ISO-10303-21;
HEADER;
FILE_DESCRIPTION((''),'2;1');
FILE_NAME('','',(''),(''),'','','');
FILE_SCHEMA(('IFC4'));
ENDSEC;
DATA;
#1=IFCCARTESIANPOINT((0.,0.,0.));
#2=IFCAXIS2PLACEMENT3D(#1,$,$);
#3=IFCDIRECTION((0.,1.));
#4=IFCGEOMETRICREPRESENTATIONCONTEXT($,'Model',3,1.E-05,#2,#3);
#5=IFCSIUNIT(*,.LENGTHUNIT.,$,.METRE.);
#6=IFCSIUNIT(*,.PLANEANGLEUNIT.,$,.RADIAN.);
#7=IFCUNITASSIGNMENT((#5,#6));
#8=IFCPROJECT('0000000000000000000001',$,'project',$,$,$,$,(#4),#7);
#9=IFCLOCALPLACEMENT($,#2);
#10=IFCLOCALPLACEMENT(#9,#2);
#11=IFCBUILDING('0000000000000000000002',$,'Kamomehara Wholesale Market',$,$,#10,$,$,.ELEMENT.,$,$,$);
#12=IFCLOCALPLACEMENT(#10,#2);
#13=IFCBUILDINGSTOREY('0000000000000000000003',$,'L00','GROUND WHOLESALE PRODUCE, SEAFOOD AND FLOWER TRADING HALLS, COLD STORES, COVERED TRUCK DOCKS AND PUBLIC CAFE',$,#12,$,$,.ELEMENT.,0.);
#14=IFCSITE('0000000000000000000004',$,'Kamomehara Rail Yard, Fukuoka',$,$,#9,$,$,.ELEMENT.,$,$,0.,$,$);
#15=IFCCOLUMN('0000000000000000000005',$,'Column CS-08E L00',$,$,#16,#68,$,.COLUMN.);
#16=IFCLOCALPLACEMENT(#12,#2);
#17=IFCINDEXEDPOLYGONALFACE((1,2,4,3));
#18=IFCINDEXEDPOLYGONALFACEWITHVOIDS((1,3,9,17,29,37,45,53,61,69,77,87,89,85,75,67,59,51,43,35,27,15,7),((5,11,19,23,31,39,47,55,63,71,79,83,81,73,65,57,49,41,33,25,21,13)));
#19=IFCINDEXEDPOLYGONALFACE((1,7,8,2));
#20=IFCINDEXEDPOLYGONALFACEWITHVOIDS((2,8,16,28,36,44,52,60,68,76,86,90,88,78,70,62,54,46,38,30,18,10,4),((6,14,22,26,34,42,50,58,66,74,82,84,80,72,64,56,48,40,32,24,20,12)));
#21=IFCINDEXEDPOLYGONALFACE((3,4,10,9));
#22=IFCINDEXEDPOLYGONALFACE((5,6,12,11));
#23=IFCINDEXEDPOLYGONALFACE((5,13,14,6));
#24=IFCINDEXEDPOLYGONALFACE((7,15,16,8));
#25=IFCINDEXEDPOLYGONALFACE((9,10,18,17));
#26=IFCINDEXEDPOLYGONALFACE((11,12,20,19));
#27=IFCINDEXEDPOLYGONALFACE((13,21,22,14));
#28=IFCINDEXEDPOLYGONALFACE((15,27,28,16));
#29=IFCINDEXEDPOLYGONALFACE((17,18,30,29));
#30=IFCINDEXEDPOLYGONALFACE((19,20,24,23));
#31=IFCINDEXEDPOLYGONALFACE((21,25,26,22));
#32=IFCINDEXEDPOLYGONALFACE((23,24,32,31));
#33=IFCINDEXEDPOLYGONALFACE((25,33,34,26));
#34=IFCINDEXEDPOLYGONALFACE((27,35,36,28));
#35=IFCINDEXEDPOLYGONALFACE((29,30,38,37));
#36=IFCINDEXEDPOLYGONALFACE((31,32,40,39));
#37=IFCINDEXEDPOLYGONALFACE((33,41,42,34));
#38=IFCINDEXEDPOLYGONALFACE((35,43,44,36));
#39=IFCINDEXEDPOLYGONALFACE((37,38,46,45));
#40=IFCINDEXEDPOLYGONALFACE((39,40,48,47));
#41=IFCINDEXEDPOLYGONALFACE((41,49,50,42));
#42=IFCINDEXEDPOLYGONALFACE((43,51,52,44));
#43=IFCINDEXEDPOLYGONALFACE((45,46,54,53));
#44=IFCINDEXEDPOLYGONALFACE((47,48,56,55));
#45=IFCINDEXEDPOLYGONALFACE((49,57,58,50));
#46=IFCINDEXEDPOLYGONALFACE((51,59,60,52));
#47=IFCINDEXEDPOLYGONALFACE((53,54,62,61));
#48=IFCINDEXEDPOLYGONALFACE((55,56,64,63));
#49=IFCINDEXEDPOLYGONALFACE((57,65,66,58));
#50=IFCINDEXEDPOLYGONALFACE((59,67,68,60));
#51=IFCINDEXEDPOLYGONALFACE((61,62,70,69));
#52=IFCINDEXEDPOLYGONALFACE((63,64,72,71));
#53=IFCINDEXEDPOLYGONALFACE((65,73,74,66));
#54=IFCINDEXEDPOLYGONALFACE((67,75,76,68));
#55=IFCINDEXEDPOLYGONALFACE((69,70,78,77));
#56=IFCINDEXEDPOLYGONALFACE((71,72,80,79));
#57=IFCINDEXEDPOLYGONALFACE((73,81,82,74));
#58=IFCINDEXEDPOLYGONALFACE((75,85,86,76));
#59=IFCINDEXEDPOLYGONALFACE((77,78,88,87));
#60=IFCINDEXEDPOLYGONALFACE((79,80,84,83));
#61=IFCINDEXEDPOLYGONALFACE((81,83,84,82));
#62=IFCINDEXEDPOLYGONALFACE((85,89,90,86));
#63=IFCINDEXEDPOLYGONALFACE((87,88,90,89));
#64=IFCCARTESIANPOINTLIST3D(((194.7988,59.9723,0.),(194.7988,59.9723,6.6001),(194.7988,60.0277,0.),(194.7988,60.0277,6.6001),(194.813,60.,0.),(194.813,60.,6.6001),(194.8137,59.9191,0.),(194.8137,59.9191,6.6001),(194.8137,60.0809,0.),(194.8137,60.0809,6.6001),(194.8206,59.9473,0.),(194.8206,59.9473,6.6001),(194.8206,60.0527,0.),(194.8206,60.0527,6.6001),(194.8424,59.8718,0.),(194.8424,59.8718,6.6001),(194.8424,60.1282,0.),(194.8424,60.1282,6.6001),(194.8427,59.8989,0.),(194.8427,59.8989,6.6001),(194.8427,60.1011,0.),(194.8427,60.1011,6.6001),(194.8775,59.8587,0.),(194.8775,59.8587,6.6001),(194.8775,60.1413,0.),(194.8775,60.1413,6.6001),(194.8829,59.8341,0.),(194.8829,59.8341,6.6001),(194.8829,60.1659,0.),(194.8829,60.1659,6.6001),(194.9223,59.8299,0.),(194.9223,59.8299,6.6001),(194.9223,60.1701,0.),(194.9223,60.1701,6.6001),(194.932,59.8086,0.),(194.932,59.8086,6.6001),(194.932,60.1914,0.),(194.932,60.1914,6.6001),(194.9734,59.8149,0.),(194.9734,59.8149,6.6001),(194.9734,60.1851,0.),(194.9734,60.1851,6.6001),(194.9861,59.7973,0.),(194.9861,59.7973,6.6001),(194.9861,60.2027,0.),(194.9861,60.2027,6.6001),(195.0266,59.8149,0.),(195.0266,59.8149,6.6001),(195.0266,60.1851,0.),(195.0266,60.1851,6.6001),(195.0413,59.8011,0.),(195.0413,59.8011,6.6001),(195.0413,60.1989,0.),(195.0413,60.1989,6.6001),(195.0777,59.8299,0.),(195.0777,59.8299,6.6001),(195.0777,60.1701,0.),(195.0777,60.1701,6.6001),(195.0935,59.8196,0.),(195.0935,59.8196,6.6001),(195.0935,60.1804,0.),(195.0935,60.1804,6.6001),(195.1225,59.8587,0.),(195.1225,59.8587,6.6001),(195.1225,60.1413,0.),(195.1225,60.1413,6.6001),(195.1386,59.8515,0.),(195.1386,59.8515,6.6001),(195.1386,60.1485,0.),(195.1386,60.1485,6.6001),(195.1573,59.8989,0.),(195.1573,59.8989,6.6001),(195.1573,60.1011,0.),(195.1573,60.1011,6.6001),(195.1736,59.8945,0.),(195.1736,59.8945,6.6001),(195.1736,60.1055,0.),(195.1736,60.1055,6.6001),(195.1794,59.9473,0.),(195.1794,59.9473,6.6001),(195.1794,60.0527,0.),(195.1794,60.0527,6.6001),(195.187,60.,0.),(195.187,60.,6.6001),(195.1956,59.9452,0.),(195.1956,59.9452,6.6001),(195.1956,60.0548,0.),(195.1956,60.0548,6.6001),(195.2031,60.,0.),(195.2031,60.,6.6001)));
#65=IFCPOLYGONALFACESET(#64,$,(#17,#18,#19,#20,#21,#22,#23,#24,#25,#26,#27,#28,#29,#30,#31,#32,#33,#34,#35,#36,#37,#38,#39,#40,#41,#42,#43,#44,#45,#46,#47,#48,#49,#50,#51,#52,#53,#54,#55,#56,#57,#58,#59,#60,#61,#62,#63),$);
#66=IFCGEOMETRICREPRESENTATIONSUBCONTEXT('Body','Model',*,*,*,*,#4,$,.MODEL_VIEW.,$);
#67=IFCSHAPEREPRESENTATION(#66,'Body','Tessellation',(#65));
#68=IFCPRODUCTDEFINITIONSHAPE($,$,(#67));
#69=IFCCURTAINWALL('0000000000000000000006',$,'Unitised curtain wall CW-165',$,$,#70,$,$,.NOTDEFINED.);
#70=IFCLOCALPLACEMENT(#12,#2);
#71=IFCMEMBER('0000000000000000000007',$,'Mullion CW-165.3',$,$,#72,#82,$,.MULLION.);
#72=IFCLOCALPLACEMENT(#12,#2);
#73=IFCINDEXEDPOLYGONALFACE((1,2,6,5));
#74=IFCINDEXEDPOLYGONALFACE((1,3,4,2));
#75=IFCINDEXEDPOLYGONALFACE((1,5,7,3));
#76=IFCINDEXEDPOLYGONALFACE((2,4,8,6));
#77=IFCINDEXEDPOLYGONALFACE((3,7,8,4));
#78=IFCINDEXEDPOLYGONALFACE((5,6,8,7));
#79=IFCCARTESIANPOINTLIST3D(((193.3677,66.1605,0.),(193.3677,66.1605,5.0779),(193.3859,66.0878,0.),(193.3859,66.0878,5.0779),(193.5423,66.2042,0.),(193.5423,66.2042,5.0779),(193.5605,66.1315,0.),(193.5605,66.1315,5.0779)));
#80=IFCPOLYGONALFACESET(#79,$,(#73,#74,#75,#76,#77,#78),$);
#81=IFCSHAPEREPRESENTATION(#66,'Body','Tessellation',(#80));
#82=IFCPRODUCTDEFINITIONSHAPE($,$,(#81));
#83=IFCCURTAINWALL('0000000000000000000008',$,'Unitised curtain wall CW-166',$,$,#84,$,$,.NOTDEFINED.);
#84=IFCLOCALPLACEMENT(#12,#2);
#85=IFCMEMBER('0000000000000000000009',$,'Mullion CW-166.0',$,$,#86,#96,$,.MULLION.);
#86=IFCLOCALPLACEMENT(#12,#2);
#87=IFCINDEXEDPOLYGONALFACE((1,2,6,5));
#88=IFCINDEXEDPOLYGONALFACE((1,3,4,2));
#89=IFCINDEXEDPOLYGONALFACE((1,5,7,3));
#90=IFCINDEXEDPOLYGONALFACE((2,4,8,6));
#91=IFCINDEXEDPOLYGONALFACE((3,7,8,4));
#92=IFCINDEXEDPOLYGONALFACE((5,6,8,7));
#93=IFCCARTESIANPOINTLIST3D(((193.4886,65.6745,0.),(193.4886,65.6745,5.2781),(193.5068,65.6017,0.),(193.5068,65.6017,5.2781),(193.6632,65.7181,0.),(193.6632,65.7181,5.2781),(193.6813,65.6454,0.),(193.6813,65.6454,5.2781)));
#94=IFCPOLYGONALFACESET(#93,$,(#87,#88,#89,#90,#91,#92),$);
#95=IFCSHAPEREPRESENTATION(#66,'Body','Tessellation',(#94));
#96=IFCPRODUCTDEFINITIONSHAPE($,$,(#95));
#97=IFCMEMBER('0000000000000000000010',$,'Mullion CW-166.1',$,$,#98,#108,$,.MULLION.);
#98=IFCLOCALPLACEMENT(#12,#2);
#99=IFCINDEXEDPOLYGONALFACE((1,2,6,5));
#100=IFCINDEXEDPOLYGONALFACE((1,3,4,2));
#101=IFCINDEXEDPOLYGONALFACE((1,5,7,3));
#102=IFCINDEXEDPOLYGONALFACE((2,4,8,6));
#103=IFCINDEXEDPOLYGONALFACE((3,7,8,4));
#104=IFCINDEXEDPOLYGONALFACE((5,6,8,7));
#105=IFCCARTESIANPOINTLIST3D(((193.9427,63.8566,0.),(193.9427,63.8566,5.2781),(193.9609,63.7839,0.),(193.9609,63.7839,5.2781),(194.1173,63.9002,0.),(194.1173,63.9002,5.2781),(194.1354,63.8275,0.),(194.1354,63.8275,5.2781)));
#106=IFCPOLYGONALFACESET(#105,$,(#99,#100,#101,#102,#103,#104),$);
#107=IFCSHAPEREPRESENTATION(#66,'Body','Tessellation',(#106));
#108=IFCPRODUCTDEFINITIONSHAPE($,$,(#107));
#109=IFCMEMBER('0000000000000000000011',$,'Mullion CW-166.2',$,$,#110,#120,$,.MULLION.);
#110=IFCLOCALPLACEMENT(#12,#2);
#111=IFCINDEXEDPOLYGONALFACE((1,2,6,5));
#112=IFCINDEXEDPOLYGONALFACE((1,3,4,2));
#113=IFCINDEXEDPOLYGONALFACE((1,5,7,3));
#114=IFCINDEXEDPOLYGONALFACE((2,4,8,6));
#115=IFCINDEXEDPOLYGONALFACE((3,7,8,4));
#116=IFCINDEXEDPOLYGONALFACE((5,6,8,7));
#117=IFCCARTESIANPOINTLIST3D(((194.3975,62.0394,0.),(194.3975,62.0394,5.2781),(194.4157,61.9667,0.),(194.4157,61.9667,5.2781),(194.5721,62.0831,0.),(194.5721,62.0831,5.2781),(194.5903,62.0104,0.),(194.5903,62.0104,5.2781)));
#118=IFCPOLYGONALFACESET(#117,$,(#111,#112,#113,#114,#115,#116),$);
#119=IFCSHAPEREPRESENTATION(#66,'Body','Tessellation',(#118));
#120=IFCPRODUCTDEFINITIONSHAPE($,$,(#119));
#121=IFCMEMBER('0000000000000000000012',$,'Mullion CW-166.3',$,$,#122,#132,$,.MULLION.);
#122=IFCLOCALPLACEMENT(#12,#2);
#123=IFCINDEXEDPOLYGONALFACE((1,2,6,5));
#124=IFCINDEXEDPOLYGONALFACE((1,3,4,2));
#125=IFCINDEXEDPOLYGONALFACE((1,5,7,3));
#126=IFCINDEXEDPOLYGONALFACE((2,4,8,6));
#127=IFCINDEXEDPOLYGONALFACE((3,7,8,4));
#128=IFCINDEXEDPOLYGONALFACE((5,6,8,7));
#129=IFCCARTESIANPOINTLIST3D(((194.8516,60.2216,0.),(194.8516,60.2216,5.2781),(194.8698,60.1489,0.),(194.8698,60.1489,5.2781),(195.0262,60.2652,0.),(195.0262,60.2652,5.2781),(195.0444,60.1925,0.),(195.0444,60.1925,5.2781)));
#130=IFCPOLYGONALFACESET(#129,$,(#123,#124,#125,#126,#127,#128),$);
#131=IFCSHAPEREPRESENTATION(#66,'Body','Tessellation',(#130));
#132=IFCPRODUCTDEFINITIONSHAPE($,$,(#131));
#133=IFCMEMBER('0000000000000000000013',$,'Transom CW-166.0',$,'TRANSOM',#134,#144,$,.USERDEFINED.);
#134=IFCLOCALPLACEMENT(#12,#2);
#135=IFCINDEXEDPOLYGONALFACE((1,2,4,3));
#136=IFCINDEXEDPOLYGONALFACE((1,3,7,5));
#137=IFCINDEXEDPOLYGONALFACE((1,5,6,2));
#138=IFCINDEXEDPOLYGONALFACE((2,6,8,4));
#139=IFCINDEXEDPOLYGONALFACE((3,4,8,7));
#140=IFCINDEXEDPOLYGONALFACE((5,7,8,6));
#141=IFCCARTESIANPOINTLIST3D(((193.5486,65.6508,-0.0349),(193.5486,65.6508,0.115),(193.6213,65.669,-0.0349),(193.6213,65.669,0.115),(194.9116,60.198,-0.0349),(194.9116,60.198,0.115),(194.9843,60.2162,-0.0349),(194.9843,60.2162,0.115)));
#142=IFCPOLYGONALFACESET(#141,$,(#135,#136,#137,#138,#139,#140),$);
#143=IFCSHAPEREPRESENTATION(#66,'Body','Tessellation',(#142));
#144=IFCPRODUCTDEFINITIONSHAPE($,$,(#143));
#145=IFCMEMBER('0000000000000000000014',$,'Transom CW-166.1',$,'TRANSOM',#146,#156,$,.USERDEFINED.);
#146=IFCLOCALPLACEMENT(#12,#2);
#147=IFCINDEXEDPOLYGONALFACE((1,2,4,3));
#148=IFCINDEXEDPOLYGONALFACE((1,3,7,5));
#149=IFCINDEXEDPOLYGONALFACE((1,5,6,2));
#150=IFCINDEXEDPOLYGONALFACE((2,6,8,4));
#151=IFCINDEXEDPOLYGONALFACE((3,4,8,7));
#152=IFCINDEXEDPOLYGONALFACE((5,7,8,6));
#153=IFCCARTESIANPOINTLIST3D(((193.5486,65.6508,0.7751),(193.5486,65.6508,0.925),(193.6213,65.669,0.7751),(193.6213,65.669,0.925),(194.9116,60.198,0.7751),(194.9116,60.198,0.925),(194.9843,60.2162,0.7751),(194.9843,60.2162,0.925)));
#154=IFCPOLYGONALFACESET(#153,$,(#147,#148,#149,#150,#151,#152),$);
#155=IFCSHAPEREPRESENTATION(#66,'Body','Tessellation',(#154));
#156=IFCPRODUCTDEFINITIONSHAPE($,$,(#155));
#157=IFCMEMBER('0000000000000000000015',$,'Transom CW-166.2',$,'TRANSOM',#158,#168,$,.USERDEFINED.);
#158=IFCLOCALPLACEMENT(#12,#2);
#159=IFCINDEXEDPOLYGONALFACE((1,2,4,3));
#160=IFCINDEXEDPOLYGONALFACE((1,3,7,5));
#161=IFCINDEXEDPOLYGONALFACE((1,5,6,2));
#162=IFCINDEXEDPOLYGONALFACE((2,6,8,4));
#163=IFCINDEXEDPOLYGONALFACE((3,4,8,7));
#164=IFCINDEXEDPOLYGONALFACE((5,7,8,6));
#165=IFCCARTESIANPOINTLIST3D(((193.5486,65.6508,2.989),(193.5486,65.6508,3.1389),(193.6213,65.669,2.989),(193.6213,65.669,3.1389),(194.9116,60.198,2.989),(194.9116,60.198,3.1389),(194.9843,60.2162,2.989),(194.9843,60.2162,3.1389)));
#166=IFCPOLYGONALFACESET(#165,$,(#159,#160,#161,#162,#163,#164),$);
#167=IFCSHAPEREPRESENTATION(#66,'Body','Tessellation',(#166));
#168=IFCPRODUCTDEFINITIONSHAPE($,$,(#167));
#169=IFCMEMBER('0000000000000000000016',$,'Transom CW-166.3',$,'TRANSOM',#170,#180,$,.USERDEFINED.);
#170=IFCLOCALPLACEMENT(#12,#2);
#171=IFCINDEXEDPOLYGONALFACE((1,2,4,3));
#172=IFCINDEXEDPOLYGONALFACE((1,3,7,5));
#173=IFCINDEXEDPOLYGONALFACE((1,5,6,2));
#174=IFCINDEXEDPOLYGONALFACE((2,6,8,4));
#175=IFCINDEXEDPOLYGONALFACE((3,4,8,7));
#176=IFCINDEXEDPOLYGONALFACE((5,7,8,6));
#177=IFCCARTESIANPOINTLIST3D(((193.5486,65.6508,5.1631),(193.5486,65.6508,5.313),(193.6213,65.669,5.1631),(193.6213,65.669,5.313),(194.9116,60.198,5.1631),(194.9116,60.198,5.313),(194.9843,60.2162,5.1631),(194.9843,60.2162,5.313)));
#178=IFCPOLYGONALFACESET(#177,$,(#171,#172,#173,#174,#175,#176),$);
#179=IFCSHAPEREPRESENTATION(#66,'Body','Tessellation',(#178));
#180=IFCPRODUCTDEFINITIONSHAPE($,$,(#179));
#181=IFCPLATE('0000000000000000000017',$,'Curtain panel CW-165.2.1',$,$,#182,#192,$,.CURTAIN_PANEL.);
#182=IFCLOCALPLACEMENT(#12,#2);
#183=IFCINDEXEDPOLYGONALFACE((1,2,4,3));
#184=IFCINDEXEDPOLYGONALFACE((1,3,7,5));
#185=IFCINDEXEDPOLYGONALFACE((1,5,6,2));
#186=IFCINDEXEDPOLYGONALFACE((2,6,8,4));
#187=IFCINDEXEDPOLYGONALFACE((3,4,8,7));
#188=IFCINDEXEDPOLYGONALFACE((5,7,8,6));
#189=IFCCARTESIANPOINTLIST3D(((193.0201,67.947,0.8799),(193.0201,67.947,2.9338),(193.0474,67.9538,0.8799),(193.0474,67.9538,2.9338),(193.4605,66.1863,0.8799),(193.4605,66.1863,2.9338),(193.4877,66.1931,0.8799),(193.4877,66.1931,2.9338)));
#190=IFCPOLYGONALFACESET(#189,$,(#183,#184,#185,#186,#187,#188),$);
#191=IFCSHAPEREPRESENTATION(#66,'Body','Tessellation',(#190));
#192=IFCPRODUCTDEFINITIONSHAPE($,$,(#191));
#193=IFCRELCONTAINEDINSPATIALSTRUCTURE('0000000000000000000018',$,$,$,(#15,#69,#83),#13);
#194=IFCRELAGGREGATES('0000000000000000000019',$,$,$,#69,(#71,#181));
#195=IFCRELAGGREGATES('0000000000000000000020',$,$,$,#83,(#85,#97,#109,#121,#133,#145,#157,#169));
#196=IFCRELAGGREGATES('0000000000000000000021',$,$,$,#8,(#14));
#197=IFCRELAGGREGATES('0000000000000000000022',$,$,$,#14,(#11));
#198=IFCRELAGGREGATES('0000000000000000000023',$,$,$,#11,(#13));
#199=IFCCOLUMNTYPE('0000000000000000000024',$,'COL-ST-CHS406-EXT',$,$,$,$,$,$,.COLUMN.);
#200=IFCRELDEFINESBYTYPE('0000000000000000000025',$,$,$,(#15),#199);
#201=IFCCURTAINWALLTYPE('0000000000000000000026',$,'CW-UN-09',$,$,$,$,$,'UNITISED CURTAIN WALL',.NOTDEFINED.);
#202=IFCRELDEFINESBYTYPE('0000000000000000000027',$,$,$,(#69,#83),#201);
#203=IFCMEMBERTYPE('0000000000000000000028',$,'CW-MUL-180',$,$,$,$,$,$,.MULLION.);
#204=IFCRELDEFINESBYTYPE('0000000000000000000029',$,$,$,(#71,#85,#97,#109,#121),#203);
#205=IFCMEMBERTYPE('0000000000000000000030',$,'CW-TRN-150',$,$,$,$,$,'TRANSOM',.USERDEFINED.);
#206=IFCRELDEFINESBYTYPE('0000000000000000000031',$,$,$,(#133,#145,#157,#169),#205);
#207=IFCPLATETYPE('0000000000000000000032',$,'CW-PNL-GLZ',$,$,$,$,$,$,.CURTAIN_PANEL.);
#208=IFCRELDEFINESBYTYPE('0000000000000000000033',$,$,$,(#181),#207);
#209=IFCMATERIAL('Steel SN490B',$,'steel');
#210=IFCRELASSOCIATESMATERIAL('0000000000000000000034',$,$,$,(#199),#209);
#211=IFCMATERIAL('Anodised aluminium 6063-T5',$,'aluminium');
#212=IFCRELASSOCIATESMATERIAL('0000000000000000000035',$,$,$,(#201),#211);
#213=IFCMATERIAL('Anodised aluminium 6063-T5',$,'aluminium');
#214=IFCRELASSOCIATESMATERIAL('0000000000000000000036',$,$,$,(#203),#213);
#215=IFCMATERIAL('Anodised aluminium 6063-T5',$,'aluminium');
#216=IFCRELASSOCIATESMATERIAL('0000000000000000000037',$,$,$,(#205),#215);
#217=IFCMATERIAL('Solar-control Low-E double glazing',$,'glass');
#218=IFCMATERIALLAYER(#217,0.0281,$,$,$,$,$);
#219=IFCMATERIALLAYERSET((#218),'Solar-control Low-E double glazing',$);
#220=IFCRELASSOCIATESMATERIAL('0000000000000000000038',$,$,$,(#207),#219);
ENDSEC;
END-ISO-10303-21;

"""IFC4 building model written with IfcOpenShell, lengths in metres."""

from ifc_helpers import new_model, si_unit, direction, frame, origin, origin_2d, place, context, subcontext, project, spatial, rectangle, hollow_circle, extrude, material, layer, layer_set, material_profile, profile_set, type_object, element, aggregate, save


model = new_model("IFC4")

# Units and contexts
model_context = context("Model", 3, precision=1e-05, world=origin(), true_north=direction((0.0, 1.0)))
body_context = subcontext(model_context, "Body", "Model", "MODEL_VIEW")
ifc_project = project(units=[si_unit("LENGTHUNIT", "METRE"), si_unit("PLANEANGLEUNIT", "RADIAN")], contexts=[model_context])

# Site, building, storey
site_placement = place(None, origin())
site = spatial("IfcSite", under=ifc_project, at=site_placement, Name="Kamomehara Rail Yard, Fukuoka", CompositionType="ELEMENT", RefElevation=0.0)
building_placement = place(site_placement, origin())
building = spatial("IfcBuilding", under=site, at=building_placement, Name="Kamomehara Wholesale Market", CompositionType="ELEMENT")
storey_placement = place(building_placement, origin())
storey = spatial("IfcBuildingStorey", under=building, at=storey_placement, Name="L00", Description="GROUND WHOLESALE PRODUCE, SEAFOOD AND FLOWER TRADING HALLS, COLD STORES, COVERED TRUCK DOCKS AND PUBLIC CAFE", CompositionType="ELEMENT", Elevation=0.0)

# Column
ifc_material_1 = material(Name="Steel SN490B", Category="steel")
ifc_material_profile_1 = material_profile(ifc_material_1, hollow_circle(Radius=0.2031, WallThickness=0.0161, at=origin_2d()), Name="CHS-406.4x16.0")
ifc_profile_set_1 = profile_set([ifc_material_profile_1], Name="Steel SN490B")
column_type = type_object("IfcColumnType", Name="COL-ST-CHS406-EXT", PredefinedType="COLUMN", material=ifc_profile_set_1)
column_placement = place(storey_placement, frame((195.0, 60.0, 0.0), z_axis=(0.0, 0.0, 1.0), x_axis=(1.0, 0.0, 0.0)))
element("IfcColumn", 1, at=column_placement, inside=storey, type_object=column_type, Name="Column CS-08E L00", PredefinedType="COLUMN", context=body_context, shape_type="SweptSolid", body=[
    extrude(hollow_circle(Radius=0.2031, WallThickness=0.0161, at=origin_2d()), origin(), (0.0, 0.0, 1.0), 6.6001),
])

# Curtain wall, member
ifc_material_2 = material(Name="Anodised aluminium 6063-T5", Category="aluminium")
curtain_wall_type = type_object("IfcCurtainWallType", Name="CW-UN-09", ElementType="UNITISED CURTAIN WALL", PredefinedType="NOTDEFINED", material=ifc_material_2)
curtain_wall_1_placement = place(storey_placement, origin())
curtain_wall_1 = element("IfcCurtainWall", 2, at=curtain_wall_1_placement, inside=storey, type_object=curtain_wall_type, Name="Unitised curtain wall CW-165", PredefinedType="NOTDEFINED")
ifc_material_3 = material(Name="Anodised aluminium 6063-T5", Category="aluminium")
ifc_material_profile_2 = material_profile(ifc_material_3, rectangle(XDim=0.075, YDim=0.1799, at=origin_2d()), Name="ALU-MUL-75x180")
ifc_profile_set_2 = profile_set([ifc_material_profile_2], Name="Anodised aluminium 6063-T5")
member_type_1 = type_object("IfcMemberType", Name="CW-MUL-180", PredefinedType="MULLION", material=ifc_profile_set_2)
member_1_placement = place(storey_placement, frame((193.4641, 66.146, 0.0), z_axis=(0.0, 0.0, 1.0), x_axis=(0.242618, -0.970122, 0.0)))
member_1 = element("IfcMember", 3, at=member_1_placement, type_object=member_type_1, Name="Mullion CW-165.3", PredefinedType="MULLION", context=body_context, shape_type="SweptSolid", body=[
    extrude(rectangle(XDim=0.075, YDim=0.1799, at=origin_2d()), origin(), (0.0, 0.0, 1.0), 5.0779),
])

# Curtain wall, members
curtain_wall_2_placement = place(storey_placement, origin())
curtain_wall_2 = element("IfcCurtainWall", 4, at=curtain_wall_2_placement, inside=storey, type_object=curtain_wall_type, Name="Unitised curtain wall CW-166", PredefinedType="NOTDEFINED")
member_2_placement = place(storey_placement, frame((193.585, 65.6599, 0.0), z_axis=(0.0, 0.0, 1.0), x_axis=(0.242494, -0.970153, 0.0)))
member_2 = element("IfcMember", 5, at=member_2_placement, type_object=member_type_1, Name="Mullion CW-166.0", PredefinedType="MULLION", context=body_context, shape_type="SweptSolid", body=[
    extrude(rectangle(XDim=0.075, YDim=0.1799, at=origin_2d()), origin(), (0.0, 0.0, 1.0), 5.2781),
])
member_3_placement = place(storey_placement, frame((194.0391, 63.842, 0.0), z_axis=(0.0, 0.0, 1.0), x_axis=(0.242494, -0.970153, 0.0)))
member_3 = element("IfcMember", 6, at=member_3_placement, type_object=member_type_1, Name="Mullion CW-166.1", PredefinedType="MULLION", context=body_context, shape_type="SweptSolid", body=[
    extrude(rectangle(XDim=0.075, YDim=0.1799, at=origin_2d()), origin(), (0.0, 0.0, 1.0), 5.2781),
])
member_4_placement = place(storey_placement, frame((194.4939, 62.0249, 0.0), z_axis=(0.0, 0.0, 1.0), x_axis=(0.242494, -0.970153, 0.0)))
member_4 = element("IfcMember", 7, at=member_4_placement, type_object=member_type_1, Name="Mullion CW-166.2", PredefinedType="MULLION", context=body_context, shape_type="SweptSolid", body=[
    extrude(rectangle(XDim=0.075, YDim=0.1799, at=origin_2d()), origin(), (0.0, 0.0, 1.0), 5.2781),
])
member_5_placement = place(storey_placement, frame((194.948, 60.207, 0.0), z_axis=(0.0, 0.0, 1.0), x_axis=(0.242494, -0.970153, 0.0)))
member_5 = element("IfcMember", 8, at=member_5_placement, type_object=member_type_1, Name="Mullion CW-166.3", PredefinedType="MULLION", context=body_context, shape_type="SweptSolid", body=[
    extrude(rectangle(XDim=0.075, YDim=0.1799, at=origin_2d()), origin(), (0.0, 0.0, 1.0), 5.2781),
])
ifc_material_4 = material(Name="Anodised aluminium 6063-T5", Category="aluminium")
ifc_material_profile_3 = material_profile(ifc_material_4, rectangle(XDim=0.075, YDim=0.1499, at=origin_2d()), Name="ALU-TRN-75x150")
ifc_profile_set_3 = profile_set([ifc_material_profile_3], Name="Anodised aluminium 6063-T5")
member_type_2 = type_object("IfcMemberType", Name="CW-TRN-150", ElementType="TRANSOM", PredefinedType="USERDEFINED", material=ifc_profile_set_3)
member_6_placement = place(storey_placement, frame((193.585, 65.6599, 0.04), z_axis=(0.242505, -0.97015, 0.0), x_axis=(0.97015, 0.242505, 0.0)))
member_6 = element("IfcMember", 9, at=member_6_placement, type_object=member_type_2, Name="Transom CW-166.0", ObjectType="TRANSOM", PredefinedType="USERDEFINED", context=body_context, shape_type="SweptSolid", body=[
    extrude(rectangle(XDim=0.075, YDim=0.1499, at=origin_2d()), origin(), (0.0, 0.0, 1.0), 5.6206),
])
member_7_placement = place(storey_placement, frame((193.585, 65.6599, 0.8501), z_axis=(0.242505, -0.97015, 0.0), x_axis=(0.97015, 0.242505, 0.0)))
member_7 = element("IfcMember", 10, at=member_7_placement, type_object=member_type_2, Name="Transom CW-166.1", ObjectType="TRANSOM", PredefinedType="USERDEFINED", context=body_context, shape_type="SweptSolid", body=[
    extrude(rectangle(XDim=0.075, YDim=0.1499, at=origin_2d()), origin(), (0.0, 0.0, 1.0), 5.6206),
])
member_8_placement = place(storey_placement, frame((193.585, 65.6599, 3.064), z_axis=(0.242505, -0.97015, 0.0), x_axis=(0.97015, 0.242505, 0.0)))
member_8 = element("IfcMember", 11, at=member_8_placement, type_object=member_type_2, Name="Transom CW-166.2", ObjectType="TRANSOM", PredefinedType="USERDEFINED", context=body_context, shape_type="SweptSolid", body=[
    extrude(rectangle(XDim=0.075, YDim=0.1499, at=origin_2d()), origin(), (0.0, 0.0, 1.0), 5.6206),
])
member_9_placement = place(storey_placement, frame((193.585, 65.6599, 5.238), z_axis=(0.242505, -0.97015, 0.0), x_axis=(0.97015, 0.242505, 0.0)))
member_9 = element("IfcMember", 12, at=member_9_placement, type_object=member_type_2, Name="Transom CW-166.3", ObjectType="TRANSOM", PredefinedType="USERDEFINED", context=body_context, shape_type="SweptSolid", body=[
    extrude(rectangle(XDim=0.075, YDim=0.1499, at=origin_2d()), origin(), (0.0, 0.0, 1.0), 5.6206),
])

# Plate
ifc_material_5 = material(Name="Solar-control Low-E double glazing", Category="glass")
ifc_layer_1 = layer(ifc_material_5, 0.0281)
ifc_layer_set_1 = layer_set([ifc_layer_1], Name="Solar-control Low-E double glazing")
plate_type_1 = type_object("IfcPlateType", Name="CW-PNL-GLZ", PredefinedType="CURTAIN_PANEL", material=ifc_layer_set_1)
plate_1_placement = place(storey_placement, frame((193.2539, 67.0701, 0.8799), z_axis=(0.0, 0.0, 1.0), x_axis=(0.242616, -0.970122, 0.0)))
plate_1 = element("IfcPlate", 13, at=plate_1_placement, type_object=plate_type_1, Name="Curtain panel CW-165.2.1", PredefinedType="CURTAIN_PANEL", context=body_context, shape_type="SweptSolid", body=[
    extrude(rectangle(XDim=1.8149, YDim=0.0281, at=origin_2d()), origin(), (0.0, 0.0, 1.0), 2.054),
])
aggregate(curtain_wall_1, [member_1, plate_1])
aggregate(curtain_wall_2, [member_2, member_3, member_4, member_5, member_6, member_7, member_8, member_9])

save(model, "model.ifc")
